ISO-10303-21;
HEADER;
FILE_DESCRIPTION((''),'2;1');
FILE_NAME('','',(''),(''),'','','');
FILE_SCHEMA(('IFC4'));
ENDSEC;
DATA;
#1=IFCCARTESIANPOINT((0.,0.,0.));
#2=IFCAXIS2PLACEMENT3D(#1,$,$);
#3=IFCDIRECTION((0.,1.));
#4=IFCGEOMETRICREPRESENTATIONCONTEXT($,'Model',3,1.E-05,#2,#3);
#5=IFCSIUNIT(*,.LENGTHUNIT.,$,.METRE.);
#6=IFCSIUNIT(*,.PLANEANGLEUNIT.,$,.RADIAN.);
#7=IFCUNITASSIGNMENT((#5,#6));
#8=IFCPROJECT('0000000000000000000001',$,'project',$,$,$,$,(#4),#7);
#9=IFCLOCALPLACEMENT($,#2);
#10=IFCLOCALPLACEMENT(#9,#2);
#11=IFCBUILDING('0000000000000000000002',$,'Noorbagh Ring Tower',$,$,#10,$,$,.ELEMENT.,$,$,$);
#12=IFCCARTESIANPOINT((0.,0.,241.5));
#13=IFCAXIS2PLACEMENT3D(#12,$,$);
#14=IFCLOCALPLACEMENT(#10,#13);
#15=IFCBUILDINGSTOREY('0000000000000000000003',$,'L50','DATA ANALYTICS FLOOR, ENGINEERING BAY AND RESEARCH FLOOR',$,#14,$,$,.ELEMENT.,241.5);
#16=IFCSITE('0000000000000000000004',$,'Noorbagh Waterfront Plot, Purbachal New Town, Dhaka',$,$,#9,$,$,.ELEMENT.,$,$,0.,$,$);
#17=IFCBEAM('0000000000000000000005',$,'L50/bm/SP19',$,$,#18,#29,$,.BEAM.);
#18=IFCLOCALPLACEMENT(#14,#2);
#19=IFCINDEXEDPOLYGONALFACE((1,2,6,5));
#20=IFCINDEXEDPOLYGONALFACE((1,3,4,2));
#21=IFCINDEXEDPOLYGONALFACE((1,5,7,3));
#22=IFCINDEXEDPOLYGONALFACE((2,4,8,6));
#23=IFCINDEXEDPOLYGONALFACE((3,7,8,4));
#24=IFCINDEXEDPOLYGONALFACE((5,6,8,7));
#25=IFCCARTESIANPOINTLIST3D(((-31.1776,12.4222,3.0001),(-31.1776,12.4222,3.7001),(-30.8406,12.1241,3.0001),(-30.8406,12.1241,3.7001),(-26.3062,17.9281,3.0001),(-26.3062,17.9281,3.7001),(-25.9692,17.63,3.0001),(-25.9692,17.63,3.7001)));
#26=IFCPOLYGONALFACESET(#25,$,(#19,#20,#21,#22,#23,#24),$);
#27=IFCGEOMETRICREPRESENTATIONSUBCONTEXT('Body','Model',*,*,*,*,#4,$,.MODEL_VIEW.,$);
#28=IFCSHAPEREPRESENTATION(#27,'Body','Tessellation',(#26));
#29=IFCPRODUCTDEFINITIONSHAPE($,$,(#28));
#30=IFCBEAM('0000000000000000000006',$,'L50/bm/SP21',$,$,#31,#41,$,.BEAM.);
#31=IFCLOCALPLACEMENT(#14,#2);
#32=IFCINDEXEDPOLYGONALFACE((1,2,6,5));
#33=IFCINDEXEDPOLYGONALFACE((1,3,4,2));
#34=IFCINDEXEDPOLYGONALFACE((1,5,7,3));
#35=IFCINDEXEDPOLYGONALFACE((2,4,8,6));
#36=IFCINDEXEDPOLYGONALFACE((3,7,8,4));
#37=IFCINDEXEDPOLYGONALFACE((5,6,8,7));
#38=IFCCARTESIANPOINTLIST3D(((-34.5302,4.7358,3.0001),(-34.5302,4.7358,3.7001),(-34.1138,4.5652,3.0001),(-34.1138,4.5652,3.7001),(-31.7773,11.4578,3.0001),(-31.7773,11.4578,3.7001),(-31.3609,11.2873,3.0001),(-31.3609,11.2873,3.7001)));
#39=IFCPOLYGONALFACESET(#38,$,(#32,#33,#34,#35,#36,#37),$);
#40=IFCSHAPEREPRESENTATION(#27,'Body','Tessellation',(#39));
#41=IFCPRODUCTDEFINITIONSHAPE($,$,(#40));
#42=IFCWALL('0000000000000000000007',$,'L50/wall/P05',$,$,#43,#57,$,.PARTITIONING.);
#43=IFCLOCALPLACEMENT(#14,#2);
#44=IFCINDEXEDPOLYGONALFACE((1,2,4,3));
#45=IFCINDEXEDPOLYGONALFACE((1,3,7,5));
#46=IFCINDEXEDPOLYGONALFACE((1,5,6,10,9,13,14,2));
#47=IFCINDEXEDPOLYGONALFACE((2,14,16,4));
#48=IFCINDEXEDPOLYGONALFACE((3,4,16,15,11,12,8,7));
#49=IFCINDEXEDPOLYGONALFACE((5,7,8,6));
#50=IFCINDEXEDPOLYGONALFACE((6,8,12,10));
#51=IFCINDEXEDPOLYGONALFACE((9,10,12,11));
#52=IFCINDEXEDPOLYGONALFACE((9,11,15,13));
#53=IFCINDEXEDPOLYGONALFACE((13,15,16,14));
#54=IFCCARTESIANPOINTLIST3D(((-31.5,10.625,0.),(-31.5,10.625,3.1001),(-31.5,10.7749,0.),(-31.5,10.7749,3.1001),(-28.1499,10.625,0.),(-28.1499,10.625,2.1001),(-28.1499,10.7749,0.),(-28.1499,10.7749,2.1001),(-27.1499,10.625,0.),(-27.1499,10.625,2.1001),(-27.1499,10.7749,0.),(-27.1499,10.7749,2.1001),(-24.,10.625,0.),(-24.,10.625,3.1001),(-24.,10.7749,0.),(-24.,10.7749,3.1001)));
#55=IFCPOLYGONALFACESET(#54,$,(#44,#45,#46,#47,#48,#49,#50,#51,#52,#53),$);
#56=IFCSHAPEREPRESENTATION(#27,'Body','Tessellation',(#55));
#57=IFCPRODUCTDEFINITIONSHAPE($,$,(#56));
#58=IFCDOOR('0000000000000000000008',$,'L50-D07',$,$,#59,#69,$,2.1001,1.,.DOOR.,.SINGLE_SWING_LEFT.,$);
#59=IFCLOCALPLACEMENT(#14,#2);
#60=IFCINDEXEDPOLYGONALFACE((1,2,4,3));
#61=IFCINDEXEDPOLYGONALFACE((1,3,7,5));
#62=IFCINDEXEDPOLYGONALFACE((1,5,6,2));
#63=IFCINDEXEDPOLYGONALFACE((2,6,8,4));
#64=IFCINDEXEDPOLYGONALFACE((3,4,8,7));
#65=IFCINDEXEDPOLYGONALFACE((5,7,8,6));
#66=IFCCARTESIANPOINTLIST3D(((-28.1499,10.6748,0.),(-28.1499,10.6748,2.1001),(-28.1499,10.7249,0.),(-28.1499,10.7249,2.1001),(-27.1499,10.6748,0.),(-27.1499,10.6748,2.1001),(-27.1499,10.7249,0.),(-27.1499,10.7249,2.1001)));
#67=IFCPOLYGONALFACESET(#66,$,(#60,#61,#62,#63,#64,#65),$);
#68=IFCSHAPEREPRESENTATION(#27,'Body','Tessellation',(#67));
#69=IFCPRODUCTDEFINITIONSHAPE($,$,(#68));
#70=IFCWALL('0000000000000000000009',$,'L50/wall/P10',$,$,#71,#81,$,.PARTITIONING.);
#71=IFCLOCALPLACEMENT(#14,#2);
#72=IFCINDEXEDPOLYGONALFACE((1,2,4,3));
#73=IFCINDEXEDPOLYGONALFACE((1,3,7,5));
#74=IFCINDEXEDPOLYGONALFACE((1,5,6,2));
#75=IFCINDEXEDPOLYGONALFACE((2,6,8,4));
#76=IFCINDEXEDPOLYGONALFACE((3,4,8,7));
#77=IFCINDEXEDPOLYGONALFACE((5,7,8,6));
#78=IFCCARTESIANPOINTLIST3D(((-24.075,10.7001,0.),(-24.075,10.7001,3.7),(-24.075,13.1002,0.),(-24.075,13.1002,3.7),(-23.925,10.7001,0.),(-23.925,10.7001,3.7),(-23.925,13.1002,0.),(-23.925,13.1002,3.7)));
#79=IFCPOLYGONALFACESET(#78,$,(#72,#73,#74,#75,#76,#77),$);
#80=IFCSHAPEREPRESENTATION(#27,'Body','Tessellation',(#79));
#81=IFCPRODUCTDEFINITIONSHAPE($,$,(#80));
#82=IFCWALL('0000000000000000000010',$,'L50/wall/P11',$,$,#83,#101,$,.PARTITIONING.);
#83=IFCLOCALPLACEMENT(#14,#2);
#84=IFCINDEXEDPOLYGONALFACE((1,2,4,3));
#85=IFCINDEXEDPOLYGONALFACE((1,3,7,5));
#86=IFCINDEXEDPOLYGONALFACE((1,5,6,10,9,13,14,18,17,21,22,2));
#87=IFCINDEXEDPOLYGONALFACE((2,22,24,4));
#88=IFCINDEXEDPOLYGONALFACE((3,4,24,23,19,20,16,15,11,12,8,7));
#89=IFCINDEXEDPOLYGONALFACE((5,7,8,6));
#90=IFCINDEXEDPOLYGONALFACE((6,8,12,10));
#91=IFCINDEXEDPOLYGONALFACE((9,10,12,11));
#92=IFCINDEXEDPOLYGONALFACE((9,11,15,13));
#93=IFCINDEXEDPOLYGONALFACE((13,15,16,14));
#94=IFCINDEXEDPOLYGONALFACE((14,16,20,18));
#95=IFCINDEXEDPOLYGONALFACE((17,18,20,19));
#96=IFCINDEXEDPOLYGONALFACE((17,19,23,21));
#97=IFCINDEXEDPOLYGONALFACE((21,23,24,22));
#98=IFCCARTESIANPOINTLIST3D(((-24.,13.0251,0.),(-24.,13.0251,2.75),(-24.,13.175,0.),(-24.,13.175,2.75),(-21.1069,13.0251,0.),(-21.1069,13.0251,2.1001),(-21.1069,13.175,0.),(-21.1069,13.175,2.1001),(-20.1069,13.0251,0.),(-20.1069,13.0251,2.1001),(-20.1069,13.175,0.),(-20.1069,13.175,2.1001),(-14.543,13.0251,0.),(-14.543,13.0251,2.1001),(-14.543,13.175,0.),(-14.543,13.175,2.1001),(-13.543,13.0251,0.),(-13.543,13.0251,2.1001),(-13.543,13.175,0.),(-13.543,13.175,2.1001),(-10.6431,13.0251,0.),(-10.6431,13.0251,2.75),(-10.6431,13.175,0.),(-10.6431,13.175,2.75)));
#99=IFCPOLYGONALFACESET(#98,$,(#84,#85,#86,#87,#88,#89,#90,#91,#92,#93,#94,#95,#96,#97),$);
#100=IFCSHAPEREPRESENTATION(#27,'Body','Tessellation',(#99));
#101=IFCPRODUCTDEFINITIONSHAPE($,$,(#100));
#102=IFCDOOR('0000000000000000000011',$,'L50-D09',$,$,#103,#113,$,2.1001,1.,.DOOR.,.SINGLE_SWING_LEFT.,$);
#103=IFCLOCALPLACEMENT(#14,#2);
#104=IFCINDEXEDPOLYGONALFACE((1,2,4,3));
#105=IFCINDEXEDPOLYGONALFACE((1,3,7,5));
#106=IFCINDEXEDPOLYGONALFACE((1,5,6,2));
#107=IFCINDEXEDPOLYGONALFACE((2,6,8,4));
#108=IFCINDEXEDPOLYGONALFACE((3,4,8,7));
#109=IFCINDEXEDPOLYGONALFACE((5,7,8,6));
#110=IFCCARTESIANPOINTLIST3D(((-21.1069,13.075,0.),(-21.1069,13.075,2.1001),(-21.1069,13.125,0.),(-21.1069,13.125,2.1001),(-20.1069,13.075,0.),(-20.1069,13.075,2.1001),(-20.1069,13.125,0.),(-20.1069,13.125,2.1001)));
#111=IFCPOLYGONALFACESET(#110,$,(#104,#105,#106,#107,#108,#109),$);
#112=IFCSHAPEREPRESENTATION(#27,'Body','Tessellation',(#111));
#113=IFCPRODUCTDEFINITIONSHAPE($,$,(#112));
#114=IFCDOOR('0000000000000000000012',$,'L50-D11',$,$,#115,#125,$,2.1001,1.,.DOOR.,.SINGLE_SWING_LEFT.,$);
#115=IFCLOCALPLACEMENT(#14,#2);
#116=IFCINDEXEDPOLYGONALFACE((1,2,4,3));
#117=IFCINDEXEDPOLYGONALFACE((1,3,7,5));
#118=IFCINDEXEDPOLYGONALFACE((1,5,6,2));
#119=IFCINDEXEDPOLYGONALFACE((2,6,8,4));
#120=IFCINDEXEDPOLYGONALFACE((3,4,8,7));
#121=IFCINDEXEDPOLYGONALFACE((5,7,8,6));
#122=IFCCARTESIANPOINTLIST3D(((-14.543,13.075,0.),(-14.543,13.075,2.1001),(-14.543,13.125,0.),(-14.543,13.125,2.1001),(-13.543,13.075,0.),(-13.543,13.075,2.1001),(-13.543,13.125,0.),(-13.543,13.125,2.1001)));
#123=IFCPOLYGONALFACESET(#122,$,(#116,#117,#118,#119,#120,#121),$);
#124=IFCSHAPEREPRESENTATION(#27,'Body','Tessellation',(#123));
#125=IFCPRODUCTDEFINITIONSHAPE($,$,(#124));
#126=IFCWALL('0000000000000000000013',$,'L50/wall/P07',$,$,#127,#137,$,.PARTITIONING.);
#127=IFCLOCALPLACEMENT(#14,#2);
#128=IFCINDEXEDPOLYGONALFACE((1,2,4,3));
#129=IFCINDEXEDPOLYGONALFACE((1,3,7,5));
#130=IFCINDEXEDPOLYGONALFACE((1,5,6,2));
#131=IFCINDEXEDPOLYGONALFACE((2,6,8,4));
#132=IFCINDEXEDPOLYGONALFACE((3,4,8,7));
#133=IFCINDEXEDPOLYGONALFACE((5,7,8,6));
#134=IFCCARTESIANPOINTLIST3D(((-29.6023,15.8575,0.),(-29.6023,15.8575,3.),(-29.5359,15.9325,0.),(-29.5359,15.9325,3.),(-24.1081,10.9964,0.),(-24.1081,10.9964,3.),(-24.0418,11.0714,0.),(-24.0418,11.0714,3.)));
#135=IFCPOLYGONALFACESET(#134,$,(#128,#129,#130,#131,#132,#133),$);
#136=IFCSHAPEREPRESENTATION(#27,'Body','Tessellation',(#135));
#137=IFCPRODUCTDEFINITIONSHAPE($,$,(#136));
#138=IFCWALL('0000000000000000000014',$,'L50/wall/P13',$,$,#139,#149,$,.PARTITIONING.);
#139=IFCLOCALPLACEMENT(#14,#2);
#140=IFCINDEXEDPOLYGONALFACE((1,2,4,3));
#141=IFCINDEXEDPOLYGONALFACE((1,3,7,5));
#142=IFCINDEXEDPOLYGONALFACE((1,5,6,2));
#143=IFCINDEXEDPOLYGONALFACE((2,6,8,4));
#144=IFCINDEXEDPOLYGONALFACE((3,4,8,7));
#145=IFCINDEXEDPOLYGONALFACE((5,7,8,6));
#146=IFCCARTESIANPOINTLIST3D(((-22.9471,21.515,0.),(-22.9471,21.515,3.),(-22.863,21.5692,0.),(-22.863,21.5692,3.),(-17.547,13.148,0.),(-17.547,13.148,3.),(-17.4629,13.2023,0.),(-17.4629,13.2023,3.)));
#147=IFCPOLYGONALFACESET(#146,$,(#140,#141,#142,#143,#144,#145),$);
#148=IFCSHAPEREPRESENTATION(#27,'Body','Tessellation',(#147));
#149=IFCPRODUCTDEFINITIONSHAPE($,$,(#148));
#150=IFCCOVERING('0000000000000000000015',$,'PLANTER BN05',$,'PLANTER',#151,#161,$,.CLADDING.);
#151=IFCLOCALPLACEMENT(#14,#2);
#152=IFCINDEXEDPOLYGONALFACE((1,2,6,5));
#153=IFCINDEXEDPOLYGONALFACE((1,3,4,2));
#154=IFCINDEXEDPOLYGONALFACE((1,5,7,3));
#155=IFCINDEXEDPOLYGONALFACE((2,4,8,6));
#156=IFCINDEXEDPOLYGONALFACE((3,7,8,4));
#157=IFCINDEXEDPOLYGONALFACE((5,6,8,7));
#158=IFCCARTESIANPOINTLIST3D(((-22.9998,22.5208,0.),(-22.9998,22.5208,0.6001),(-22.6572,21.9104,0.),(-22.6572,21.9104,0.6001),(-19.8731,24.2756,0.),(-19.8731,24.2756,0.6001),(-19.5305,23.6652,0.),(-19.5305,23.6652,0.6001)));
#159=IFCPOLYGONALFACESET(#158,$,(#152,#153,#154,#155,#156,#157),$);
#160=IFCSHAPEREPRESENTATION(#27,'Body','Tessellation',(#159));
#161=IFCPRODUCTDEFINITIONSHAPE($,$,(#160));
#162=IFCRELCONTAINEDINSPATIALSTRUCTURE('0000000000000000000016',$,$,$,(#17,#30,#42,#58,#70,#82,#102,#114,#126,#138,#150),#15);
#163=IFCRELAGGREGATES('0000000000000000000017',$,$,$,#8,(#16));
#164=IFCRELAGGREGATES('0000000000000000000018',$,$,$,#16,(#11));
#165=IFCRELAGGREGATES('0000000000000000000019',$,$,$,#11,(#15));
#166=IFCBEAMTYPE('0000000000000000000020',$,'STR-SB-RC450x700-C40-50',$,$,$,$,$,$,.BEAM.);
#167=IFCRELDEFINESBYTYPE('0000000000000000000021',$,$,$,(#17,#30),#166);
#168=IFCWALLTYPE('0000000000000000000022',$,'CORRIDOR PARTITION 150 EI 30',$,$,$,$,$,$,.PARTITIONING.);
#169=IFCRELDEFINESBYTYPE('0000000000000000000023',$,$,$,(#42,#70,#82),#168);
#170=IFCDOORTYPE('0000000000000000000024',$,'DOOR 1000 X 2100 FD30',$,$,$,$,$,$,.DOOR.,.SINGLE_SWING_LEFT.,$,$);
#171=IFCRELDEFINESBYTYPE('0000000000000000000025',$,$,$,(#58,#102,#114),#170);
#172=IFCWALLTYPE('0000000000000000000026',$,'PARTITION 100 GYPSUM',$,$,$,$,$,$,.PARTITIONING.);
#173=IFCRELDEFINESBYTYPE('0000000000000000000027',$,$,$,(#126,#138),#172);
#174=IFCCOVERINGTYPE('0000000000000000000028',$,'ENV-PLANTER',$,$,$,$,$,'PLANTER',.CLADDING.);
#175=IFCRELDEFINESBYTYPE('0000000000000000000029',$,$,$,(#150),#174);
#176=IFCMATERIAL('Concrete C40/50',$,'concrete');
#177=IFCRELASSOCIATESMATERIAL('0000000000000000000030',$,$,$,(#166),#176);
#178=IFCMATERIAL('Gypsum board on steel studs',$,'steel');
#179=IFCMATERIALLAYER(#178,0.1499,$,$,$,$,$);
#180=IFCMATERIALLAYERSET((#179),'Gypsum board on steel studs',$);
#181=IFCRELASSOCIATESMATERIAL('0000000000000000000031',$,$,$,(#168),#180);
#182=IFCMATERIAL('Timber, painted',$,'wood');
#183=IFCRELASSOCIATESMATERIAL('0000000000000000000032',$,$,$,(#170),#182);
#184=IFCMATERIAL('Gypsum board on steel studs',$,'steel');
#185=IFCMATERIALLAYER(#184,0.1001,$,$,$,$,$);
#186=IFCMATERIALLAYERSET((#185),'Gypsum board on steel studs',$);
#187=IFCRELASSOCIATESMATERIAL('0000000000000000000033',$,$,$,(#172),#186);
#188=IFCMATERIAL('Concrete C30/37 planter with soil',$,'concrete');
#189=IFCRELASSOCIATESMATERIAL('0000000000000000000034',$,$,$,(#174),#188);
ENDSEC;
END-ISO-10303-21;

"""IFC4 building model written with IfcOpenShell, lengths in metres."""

from ifc_helpers import new_model, si_unit, direction, frame, frame_2d, origin, origin_2d, place, context, subcontext, project, spatial, rectangle, extrude, material, layer, layer_set, material_profile, profile_set, type_object, element, fill, save


model = new_model("IFC4")

# Units and contexts
model_context = context("Model", 3, precision=1e-05, world=origin(), true_north=direction((0.0, 1.0)))
body_context = subcontext(model_context, "Body", "Model", "MODEL_VIEW")
ifc_project = project(units=[si_unit("LENGTHUNIT", "METRE"), si_unit("PLANEANGLEUNIT", "RADIAN")], contexts=[model_context])

# Site, building, storey
site_placement = place(None, origin())
site = spatial("IfcSite", under=ifc_project, at=site_placement, Name="Noorbagh Waterfront Plot, Purbachal New Town, Dhaka", CompositionType="ELEMENT", RefElevation=0.0)
building_placement = place(site_placement, origin())
building = spatial("IfcBuilding", under=site, at=building_placement, Name="Noorbagh Ring Tower", CompositionType="ELEMENT")
storey_placement = place(building_placement, frame((0.0, 0.0, 241.5)))
storey = spatial("IfcBuildingStorey", under=building, at=storey_placement, Name="L50", Description="DATA ANALYTICS FLOOR, ENGINEERING BAY AND RESEARCH FLOOR", CompositionType="ELEMENT", Elevation=241.5)

# Beams
ifc_material_1 = material(Name="Concrete C40/50", Category="concrete")
ifc_material_profile_1 = material_profile(ifc_material_1, rectangle(XDim=0.45, YDim=0.7, at=origin_2d()), Name="RC450x700")
ifc_profile_set_1 = profile_set([ifc_material_profile_1], Name="Concrete C40/50")
beam_type_1 = type_object("IfcBeamType", Name="STR-SB-RC450x700-C40-50", PredefinedType="BEAM", material=ifc_profile_set_1)
beam_1_placement = place(storey_placement, frame((-26.1377, 17.7791, 3.3501), z_axis=(-0.662633, -0.748945, 0.0), x_axis=(0.748945, -0.662633, 0.0)))
element("IfcBeam", 1, at=beam_1_placement, inside=storey, type_object=beam_type_1, Name="L50/bm/SP19", PredefinedType="BEAM", context=body_context, shape_type="SweptSolid", body=[
    extrude(rectangle(XDim=0.45, YDim=0.7, at=origin_2d()), origin(), (0.0, 0.0, 1.0), 7.3516),
])
beam_2_placement = place(storey_placement, frame((-31.5691, 11.3726, 3.3501), z_axis=(-0.378981, -0.925404, 0.0), x_axis=(0.925404, -0.378981, 0.0)))
element("IfcBeam", 2, at=beam_2_placement, inside=storey, type_object=beam_type_1, Name="L50/bm/SP21", PredefinedType="BEAM", context=body_context, shape_type="SweptSolid", body=[
    extrude(rectangle(XDim=0.45, YDim=0.7, at=origin_2d()), origin(), (0.0, 0.0, 1.0), 7.2639),
])

# Wall, opening, door
ifc_material_2 = material(Name="Gypsum board on steel studs", Category="steel")
ifc_layer_1 = layer(ifc_material_2, 0.1499)
ifc_layer_set_1 = layer_set([ifc_layer_1], Name="Gypsum board on steel studs")
wall_type_1 = type_object("IfcWallType", Name="CORRIDOR PARTITION 150 EI 30", PredefinedType="PARTITIONING", material=ifc_layer_set_1)
wall_1_placement = place(storey_placement, frame((-31.5, 10.7, 0.0), z_axis=(0.0, 0.0, 1.0), x_axis=(1.0, 0.0, 0.0)))
wall_1 = element("IfcWall", 3, at=wall_1_placement, inside=storey, type_object=wall_type_1, Name="L50/wall/P05", PredefinedType="PARTITIONING", context=body_context, shape_type="SweptSolid", body=[
    extrude(rectangle(XDim=7.5, YDim=0.1499, at=frame_2d((3.75, 0.0))), origin(), (0.0, 0.0, 1.0), 3.1001),
])
opening_1_placement = place(wall_1_placement, frame((3.3501, 0.0, 0.0)))
opening_1 = element("IfcOpeningElement", 4, at=opening_1_placement, cuts=wall_1, PredefinedType="OPENING", context=body_context, shape_type="SweptSolid", body=[
    extrude(rectangle(XDim=1.0, YDim=2.1001, at=frame_2d((0.5, 1.05))), frame((0.0, 0.085, 0.0), z_axis=(0.0, -1.0, 0.0), x_axis=(1.0, 0.0, 0.0)), (0.0, 0.0, 1.0), 0.1699),
])
ifc_material_3 = material(Name="Timber, painted", Category="wood")
door_type = type_object("IfcDoorType", Name="DOOR 1000 X 2100 FD30", OperationType="SINGLE_SWING_LEFT", PredefinedType="DOOR", material=ifc_material_3)
door_1_placement = place(opening_1_placement, origin())
door_1 = element("IfcDoor", 5, at=door_1_placement, inside=storey, type_object=door_type, Name="L50-D07", OperationType="SINGLE_SWING_LEFT", OverallHeight=2.1001, OverallWidth=1.0, PredefinedType="DOOR", context=body_context, shape_type="SweptSolid", body=[
    extrude(rectangle(XDim=1.0, YDim=2.1001, at=frame_2d((0.5, 1.05))), frame((0.0, 0.0249, 0.0), z_axis=(0.0, -1.0, 0.0), x_axis=(1.0, 0.0, 0.0)), (0.0, 0.0, 1.0), 0.05),
])
fill(opening_1, door_1)

# Wall
wall_2_placement = place(storey_placement, frame((-24.0, 10.7, 0.0), z_axis=(0.0, 0.0, 1.0), x_axis=(0.0, 1.0, 0.0)))
element("IfcWall", 6, at=wall_2_placement, inside=storey, type_object=wall_type_1, Name="L50/wall/P10", PredefinedType="PARTITIONING", context=body_context, shape_type="SweptSolid", body=[
    extrude(rectangle(XDim=2.4001, YDim=0.1499, at=frame_2d((1.2002, 0.0))), origin(), (0.0, 0.0, 1.0), 3.7),
])

# Wall, openings, doors
wall_3_placement = place(storey_placement, frame((-24.0, 13.1001, 0.0), z_axis=(0.0, 0.0, 1.0), x_axis=(1.0, 0.0, 0.0)))
wall_3 = element("IfcWall", 7, at=wall_3_placement, inside=storey, type_object=wall_type_1, Name="L50/wall/P11", PredefinedType="PARTITIONING", context=body_context, shape_type="SweptSolid", body=[
    extrude(rectangle(XDim=13.3569, YDim=0.1499, at=frame_2d((6.6785, 0.0))), origin(), (0.0, 0.0, 1.0), 2.75),
])
opening_2_placement = place(wall_3_placement, frame((2.8931, 0.0, 0.0)))
opening_2 = element("IfcOpeningElement", 8, at=opening_2_placement, cuts=wall_3, PredefinedType="OPENING", context=body_context, shape_type="SweptSolid", body=[
    extrude(rectangle(XDim=1.0, YDim=2.1001, at=frame_2d((0.5, 1.05))), frame((0.0, 0.085, 0.0), z_axis=(0.0, -1.0, 0.0), x_axis=(1.0, 0.0, 0.0)), (0.0, 0.0, 1.0), 0.1699),
])
opening_3_placement = place(wall_3_placement, frame((9.457, 0.0, 0.0)))
opening_3 = element("IfcOpeningElement", 9, at=opening_3_placement, cuts=wall_3, PredefinedType="OPENING", context=body_context, shape_type="SweptSolid", body=[
    extrude(rectangle(XDim=1.0, YDim=2.1001, at=frame_2d((0.5, 1.05))), frame((0.0, 0.085, 0.0), z_axis=(0.0, -1.0, 0.0), x_axis=(1.0, 0.0, 0.0)), (0.0, 0.0, 1.0), 0.1699),
])
door_2_placement = place(opening_2_placement, origin())
door_2 = element("IfcDoor", 10, at=door_2_placement, inside=storey, type_object=door_type, Name="L50-D09", OperationType="SINGLE_SWING_LEFT", OverallHeight=2.1001, OverallWidth=1.0, PredefinedType="DOOR", context=body_context, shape_type="SweptSolid", body=[
    extrude(rectangle(XDim=1.0, YDim=2.1001, at=frame_2d((0.5, 1.05))), frame((0.0, 0.0249, 0.0), z_axis=(0.0, -1.0, 0.0), x_axis=(1.0, 0.0, 0.0)), (0.0, 0.0, 1.0), 0.05),
])
fill(opening_2, door_2)
door_3_placement = place(opening_3_placement, origin())
door_3 = element("IfcDoor", 11, at=door_3_placement, inside=storey, type_object=door_type, Name="L50-D11", OperationType="SINGLE_SWING_LEFT", OverallHeight=2.1001, OverallWidth=1.0, PredefinedType="DOOR", context=body_context, shape_type="SweptSolid", body=[
    extrude(rectangle(XDim=1.0, YDim=2.1001, at=frame_2d((0.5, 1.05))), frame((0.0, 0.0249, 0.0), z_axis=(0.0, -1.0, 0.0), x_axis=(1.0, 0.0, 0.0)), (0.0, 0.0, 1.0), 0.05),
])
fill(opening_3, door_3)

# Walls
ifc_material_4 = material(Name="Gypsum board on steel studs", Category="steel")
ifc_layer_2 = layer(ifc_material_4, 0.1001)
ifc_layer_set_2 = layer_set([ifc_layer_2], Name="Gypsum board on steel studs")
wall_type_2 = type_object("IfcWallType", Name="PARTITION 100 GYPSUM", PredefinedType="PARTITIONING", material=ifc_layer_set_2)
wall_4_placement = place(storey_placement, frame((-29.5691, 15.895, 0.0), z_axis=(0.0, 0.0, 1.0), x_axis=(0.748937, -0.662641, 0.0)))
element("IfcWall", 12, at=wall_4_placement, inside=storey, type_object=wall_type_2, Name="L50/wall/P07", PredefinedType="PARTITIONING", context=body_context, shape_type="SweptSolid", body=[
    extrude(rectangle(XDim=7.3359, YDim=0.1001, at=frame_2d((3.668, 0.0))), origin(), (0.0, 0.0, 1.0), 3.0),
])
wall_5_placement = place(storey_placement, frame((-22.905, 21.542, 0.0), z_axis=(0.0, 0.0, 1.0), x_axis=(0.542277, -0.8402, 0.0)))
element("IfcWall", 13, at=wall_5_placement, inside=storey, type_object=wall_type_2, Name="L50/wall/P13", PredefinedType="PARTITIONING", context=body_context, shape_type="SweptSolid", body=[
    extrude(rectangle(XDim=9.9583, YDim=0.1001, at=frame_2d((4.979, 0.0))), origin(), (0.0, 0.0, 1.0), 3.0),
])

# Covering
ifc_material_5 = material(Name="Concrete C30/37 planter with soil", Category="concrete")
covering_type = type_object("IfcCoveringType", Name="ENV-PLANTER", ElementType="PLANTER", PredefinedType="CLADDING", material=ifc_material_5)
covering_placement = place(storey_placement, frame((-21.2651, 23.093, 0.0), z_axis=(0.0, 0.0, 1.0), x_axis=(-0.872045, -0.489426, 0.0)))
element("IfcCovering", 14, at=covering_placement, inside=storey, type_object=covering_type, Name="PLANTER BN05", ObjectType="PLANTER", PredefinedType="CLADDING", context=body_context, shape_type="SweptSolid", body=[
    extrude(rectangle(XDim=3.5854, YDim=0.7, at=origin_2d()), origin(), (0.0, 0.0, 1.0), 0.6001),
])

save(model, "model.ifc")
